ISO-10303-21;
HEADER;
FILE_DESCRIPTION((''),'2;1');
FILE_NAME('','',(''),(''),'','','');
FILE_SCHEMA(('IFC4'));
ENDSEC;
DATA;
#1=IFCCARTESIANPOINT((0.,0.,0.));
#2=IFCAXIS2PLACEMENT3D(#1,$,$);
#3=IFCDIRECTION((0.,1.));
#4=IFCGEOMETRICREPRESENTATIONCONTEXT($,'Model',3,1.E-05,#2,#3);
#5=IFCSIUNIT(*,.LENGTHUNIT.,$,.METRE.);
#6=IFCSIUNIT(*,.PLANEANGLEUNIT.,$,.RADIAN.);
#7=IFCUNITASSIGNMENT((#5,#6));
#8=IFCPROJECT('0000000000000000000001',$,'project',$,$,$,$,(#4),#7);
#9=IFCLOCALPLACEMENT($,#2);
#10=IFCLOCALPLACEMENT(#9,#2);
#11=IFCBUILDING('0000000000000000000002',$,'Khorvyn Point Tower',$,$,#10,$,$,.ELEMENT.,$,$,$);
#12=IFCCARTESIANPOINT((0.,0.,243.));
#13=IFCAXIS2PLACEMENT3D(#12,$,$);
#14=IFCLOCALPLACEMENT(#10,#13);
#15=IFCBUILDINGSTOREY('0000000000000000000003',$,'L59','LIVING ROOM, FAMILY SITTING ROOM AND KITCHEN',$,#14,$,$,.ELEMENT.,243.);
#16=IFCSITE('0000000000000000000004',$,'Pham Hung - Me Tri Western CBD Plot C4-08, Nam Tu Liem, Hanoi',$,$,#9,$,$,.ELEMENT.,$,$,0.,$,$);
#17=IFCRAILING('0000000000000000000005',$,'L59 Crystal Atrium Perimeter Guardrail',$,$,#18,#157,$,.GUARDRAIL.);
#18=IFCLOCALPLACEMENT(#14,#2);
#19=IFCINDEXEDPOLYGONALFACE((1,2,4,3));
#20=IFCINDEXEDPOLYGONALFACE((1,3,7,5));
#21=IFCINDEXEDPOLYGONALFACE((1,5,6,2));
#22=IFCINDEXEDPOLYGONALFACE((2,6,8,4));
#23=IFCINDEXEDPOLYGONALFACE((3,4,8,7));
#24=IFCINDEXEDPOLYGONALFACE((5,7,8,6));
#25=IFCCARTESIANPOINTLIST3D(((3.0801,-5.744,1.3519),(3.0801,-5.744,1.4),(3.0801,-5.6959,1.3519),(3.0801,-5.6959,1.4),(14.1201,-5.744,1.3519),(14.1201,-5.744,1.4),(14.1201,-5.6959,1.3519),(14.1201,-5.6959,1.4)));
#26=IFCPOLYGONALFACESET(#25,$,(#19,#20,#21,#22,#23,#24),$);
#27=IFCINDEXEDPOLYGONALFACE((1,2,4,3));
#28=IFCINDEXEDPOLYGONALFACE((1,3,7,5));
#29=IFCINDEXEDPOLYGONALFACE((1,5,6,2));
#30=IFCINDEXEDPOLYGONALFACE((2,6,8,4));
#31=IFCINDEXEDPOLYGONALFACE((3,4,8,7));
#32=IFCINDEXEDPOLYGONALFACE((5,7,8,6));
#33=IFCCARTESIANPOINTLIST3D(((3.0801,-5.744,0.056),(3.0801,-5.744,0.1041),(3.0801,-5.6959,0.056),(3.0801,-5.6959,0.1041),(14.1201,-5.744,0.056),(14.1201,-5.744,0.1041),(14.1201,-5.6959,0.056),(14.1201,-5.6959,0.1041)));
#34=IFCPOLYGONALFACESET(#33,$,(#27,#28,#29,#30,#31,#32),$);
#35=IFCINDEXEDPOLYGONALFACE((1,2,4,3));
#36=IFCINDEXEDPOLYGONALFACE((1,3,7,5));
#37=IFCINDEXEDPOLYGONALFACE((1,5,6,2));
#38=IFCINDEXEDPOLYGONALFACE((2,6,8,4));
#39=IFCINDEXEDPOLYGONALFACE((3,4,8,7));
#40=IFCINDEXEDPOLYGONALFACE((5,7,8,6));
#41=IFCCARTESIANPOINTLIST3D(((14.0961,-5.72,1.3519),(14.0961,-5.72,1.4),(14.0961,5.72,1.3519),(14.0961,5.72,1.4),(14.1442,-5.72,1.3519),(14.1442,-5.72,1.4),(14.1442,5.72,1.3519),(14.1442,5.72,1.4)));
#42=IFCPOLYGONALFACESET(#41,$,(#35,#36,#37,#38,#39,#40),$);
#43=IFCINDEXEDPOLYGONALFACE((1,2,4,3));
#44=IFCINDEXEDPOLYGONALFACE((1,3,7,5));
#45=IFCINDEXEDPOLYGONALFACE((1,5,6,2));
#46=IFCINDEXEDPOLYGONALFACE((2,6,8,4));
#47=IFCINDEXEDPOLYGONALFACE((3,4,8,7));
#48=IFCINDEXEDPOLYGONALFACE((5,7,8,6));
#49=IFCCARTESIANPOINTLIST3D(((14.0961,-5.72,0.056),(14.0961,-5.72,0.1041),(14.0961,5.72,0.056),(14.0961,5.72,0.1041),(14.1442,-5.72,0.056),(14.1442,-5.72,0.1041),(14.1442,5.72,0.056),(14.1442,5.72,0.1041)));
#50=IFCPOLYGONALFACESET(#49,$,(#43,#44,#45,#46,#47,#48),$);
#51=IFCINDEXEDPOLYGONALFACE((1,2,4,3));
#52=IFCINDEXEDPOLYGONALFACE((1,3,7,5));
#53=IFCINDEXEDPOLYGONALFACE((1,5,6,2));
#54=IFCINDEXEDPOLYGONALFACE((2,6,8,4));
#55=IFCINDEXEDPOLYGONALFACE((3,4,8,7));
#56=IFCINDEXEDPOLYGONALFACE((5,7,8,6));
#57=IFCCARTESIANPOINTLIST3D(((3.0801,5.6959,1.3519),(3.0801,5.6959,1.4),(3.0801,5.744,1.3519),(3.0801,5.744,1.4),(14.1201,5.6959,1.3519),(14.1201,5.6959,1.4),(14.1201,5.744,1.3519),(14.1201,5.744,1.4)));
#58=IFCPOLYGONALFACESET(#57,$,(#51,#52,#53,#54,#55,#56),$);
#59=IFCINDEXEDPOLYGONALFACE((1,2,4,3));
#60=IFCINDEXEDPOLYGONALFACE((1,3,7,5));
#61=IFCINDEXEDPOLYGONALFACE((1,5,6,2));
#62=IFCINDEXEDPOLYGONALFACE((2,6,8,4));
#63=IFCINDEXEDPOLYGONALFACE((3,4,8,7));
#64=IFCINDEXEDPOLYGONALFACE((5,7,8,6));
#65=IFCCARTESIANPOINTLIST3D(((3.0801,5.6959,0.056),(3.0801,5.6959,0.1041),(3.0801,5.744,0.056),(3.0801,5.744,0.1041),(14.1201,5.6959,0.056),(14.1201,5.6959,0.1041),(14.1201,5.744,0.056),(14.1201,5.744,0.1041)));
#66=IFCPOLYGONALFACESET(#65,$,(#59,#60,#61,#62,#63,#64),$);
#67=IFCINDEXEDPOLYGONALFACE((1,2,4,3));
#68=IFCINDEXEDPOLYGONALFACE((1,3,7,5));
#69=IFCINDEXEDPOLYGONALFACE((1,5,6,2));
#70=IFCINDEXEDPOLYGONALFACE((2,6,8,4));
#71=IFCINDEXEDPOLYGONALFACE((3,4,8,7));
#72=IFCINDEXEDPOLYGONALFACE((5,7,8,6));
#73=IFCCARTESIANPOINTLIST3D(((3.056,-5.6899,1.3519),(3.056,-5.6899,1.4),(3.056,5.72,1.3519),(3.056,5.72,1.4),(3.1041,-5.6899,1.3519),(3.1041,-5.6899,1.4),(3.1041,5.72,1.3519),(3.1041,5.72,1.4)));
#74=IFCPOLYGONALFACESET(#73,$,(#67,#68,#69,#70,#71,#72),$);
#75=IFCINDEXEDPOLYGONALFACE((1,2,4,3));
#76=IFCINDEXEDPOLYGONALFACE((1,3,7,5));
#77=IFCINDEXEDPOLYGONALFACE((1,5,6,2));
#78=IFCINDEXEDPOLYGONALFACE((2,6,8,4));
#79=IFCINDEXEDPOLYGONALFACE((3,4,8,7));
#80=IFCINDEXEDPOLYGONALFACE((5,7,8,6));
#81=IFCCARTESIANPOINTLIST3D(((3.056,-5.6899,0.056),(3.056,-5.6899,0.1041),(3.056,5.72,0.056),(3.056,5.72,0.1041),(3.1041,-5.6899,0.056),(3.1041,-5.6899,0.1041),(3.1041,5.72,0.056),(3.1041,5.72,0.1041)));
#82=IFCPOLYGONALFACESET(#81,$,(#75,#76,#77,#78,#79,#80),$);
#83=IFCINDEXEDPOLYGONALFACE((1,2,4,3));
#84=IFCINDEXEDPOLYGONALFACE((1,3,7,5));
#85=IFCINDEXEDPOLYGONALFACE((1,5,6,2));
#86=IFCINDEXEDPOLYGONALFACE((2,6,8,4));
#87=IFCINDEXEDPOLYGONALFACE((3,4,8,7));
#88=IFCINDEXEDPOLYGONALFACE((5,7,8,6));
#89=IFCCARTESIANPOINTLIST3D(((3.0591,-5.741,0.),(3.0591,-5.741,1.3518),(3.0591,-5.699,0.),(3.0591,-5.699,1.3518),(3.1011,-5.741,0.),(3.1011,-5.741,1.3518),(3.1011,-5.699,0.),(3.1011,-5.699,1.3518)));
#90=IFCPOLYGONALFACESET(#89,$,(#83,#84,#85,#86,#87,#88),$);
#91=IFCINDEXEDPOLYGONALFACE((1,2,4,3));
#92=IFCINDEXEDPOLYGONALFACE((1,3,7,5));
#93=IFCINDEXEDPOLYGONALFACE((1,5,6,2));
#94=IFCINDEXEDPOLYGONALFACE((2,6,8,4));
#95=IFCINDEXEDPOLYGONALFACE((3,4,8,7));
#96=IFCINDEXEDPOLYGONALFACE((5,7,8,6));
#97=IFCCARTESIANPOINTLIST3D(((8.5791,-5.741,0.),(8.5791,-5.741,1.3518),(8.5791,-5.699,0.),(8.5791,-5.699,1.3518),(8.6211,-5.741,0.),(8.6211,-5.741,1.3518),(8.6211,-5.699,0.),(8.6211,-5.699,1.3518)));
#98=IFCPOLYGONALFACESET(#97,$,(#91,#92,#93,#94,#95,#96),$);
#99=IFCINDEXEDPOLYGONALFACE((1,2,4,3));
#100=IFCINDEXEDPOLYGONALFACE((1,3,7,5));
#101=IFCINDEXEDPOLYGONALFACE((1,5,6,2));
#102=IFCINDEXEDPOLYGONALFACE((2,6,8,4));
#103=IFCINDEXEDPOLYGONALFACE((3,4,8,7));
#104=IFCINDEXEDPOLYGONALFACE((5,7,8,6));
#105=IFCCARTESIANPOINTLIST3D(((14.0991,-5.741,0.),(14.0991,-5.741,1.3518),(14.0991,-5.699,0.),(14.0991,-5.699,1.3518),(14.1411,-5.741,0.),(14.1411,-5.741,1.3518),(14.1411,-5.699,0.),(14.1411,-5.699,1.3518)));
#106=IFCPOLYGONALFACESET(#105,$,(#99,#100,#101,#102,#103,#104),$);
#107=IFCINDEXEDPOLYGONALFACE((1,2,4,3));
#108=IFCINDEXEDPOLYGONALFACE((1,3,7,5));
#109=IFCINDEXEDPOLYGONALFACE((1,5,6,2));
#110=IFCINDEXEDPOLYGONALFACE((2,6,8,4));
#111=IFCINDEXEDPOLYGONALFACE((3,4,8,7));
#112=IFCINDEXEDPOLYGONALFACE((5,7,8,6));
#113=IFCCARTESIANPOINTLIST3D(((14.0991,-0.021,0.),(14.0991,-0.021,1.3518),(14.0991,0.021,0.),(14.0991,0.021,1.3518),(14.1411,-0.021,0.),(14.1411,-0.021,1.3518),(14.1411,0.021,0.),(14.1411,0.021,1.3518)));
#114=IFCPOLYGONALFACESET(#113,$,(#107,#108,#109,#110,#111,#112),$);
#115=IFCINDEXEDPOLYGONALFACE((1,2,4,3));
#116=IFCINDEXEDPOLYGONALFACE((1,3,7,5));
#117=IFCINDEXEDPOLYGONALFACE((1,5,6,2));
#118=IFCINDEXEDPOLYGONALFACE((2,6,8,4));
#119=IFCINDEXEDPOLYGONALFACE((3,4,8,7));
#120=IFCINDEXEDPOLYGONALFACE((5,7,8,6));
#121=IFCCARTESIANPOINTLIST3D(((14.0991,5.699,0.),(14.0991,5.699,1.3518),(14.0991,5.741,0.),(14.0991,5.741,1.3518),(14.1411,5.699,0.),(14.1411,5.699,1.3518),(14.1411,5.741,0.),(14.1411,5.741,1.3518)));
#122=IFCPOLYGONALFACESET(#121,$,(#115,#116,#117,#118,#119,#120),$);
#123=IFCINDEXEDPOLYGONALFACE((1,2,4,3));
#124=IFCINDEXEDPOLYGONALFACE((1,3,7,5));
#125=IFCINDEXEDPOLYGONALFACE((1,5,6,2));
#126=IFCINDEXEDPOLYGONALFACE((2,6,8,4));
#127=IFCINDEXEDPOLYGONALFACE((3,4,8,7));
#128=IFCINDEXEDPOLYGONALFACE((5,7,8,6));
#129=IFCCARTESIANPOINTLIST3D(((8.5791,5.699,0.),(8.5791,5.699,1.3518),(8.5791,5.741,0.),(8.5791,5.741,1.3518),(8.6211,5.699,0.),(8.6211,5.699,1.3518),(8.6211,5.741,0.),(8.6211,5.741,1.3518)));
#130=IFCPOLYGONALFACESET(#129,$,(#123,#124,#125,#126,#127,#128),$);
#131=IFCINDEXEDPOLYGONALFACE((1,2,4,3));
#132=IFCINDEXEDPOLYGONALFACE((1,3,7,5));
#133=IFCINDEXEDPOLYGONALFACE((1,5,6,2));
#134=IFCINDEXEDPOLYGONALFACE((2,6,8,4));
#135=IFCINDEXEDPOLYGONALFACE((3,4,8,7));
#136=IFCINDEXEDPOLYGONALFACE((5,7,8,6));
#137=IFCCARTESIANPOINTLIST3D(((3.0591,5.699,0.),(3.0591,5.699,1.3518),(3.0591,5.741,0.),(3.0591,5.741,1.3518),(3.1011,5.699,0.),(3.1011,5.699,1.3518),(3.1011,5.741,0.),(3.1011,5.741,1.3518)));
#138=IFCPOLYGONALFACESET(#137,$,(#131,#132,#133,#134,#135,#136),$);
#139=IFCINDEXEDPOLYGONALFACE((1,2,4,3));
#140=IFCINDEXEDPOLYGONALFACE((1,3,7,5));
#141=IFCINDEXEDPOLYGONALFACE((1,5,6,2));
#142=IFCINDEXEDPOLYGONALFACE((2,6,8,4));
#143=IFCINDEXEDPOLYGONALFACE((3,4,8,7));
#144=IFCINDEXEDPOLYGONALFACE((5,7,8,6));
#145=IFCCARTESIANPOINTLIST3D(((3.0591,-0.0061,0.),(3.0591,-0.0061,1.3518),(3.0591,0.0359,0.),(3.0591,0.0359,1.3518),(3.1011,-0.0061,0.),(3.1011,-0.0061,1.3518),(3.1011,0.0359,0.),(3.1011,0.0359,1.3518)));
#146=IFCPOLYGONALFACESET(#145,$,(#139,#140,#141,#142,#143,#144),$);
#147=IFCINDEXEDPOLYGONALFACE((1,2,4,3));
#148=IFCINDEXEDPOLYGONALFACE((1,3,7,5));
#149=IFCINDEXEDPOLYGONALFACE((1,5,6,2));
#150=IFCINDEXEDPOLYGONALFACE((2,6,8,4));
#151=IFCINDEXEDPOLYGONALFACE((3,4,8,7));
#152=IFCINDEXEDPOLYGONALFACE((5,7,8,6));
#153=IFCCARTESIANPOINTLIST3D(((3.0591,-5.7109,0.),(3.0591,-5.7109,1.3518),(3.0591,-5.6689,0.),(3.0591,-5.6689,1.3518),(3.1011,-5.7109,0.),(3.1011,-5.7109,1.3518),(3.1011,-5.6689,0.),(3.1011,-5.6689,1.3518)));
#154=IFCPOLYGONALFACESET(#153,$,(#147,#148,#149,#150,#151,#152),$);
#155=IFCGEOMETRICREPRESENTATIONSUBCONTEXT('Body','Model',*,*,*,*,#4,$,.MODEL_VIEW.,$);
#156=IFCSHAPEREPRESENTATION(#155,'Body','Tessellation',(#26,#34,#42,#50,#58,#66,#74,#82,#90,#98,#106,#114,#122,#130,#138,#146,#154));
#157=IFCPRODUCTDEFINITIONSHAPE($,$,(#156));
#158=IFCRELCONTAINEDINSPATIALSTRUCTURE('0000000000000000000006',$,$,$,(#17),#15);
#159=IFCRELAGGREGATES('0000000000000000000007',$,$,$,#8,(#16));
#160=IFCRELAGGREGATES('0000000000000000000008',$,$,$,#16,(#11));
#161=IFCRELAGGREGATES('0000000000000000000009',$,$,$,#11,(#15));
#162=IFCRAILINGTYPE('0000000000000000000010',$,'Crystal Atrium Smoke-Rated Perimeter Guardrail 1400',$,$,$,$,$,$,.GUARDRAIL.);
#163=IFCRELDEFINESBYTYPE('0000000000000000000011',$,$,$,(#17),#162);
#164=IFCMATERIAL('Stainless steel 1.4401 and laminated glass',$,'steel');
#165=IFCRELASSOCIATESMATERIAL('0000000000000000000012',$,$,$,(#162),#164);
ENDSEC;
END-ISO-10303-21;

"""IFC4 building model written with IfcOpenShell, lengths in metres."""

from ifc_helpers import new_model, si_unit, direction, frame, origin, origin_2d, place, context, subcontext, project, spatial, rectangle, extrude, material, type_object, element, save


model = new_model("IFC4")

# Units and contexts
model_context = context("Model", 3, precision=1e-05, world=origin(), true_north=direction((0.0, 1.0)))
body_context = subcontext(model_context, "Body", "Model", "MODEL_VIEW")
ifc_project = project(units=[si_unit("LENGTHUNIT", "METRE"), si_unit("PLANEANGLEUNIT", "RADIAN")], contexts=[model_context])

# Site, building, storey
site_placement = place(None, origin())
site = spatial("IfcSite", under=ifc_project, at=site_placement, Name="Pham Hung - Me Tri Western CBD Plot C4-08, Nam Tu Liem, Hanoi", CompositionType="ELEMENT", RefElevation=0.0)
building_placement = place(site_placement, origin())
building = spatial("IfcBuilding", under=site, at=building_placement, Name="Khorvyn Point Tower", CompositionType="ELEMENT")
storey_placement = place(building_placement, frame((0.0, 0.0, 243.0)))
storey = spatial("IfcBuildingStorey", under=building, at=storey_placement, Name="L59", Description="LIVING ROOM, FAMILY SITTING ROOM AND KITCHEN", CompositionType="ELEMENT", Elevation=243.0)

# Railing
ifc_material_1 = material(Name="Stainless steel 1.4401 and laminated glass", Category="steel")
railing_type = type_object("IfcRailingType", Name="Crystal Atrium Smoke-Rated Perimeter Guardrail 1400", PredefinedType="GUARDRAIL", material=ifc_material_1)
railing_placement = place(storey_placement, frame((3.0801, -5.72, 0.0)))
element("IfcRailing", 1, at=railing_placement, inside=storey, type_object=railing_type, Name="L59 Crystal Atrium Perimeter Guardrail", PredefinedType="GUARDRAIL", context=body_context, shape_type="SweptSolid", body=[
    extrude(rectangle(XDim=0.0481, YDim=0.0481, at=origin_2d()), frame((0.0, 0.0, 1.376), z_axis=(1.0, 0.0, 0.0), x_axis=(0.0, 1.0, 0.0)), (0.0, 0.0, 1.0), 11.04),
    extrude(rectangle(XDim=0.0481, YDim=0.0481, at=origin_2d()), frame((0.0, 0.0, 0.0801), z_axis=(1.0, 0.0, 0.0), x_axis=(0.0, 1.0, 0.0)), (0.0, 0.0, 1.0), 11.04),
    extrude(rectangle(XDim=0.0481, YDim=0.0481, at=origin_2d()), frame((11.04, 0.0, 1.376), z_axis=(0.0, 1.0, 0.0), x_axis=(-1.0, 0.0, 0.0)), (0.0, 0.0, 1.0), 11.4399),
    extrude(rectangle(XDim=0.0481, YDim=0.0481, at=origin_2d()), frame((11.04, 0.0, 0.0801), z_axis=(0.0, 1.0, 0.0), x_axis=(-1.0, 0.0, 0.0)), (0.0, 0.0, 1.0), 11.4399),
    extrude(rectangle(XDim=0.0481, YDim=0.0481, at=origin_2d()), frame((11.04, 11.4399, 1.376), z_axis=(-1.0, 0.0, 0.0), x_axis=(0.0, -1.0, 0.0)), (0.0, 0.0, 1.0), 11.04),
    extrude(rectangle(XDim=0.0481, YDim=0.0481, at=origin_2d()), frame((11.04, 11.4399, 0.0801), z_axis=(-1.0, 0.0, 0.0), x_axis=(0.0, -1.0, 0.0)), (0.0, 0.0, 1.0), 11.04),
    extrude(rectangle(XDim=0.0481, YDim=0.0481, at=origin_2d()), frame((0.0, 11.4399, 1.376), z_axis=(0.0, -1.0, 0.0), x_axis=(1.0, 0.0, 0.0)), (0.0, 0.0, 1.0), 11.4099),
    extrude(rectangle(XDim=0.0481, YDim=0.0481, at=origin_2d()), frame((0.0, 11.4399, 0.0801), z_axis=(0.0, -1.0, 0.0), x_axis=(1.0, 0.0, 0.0)), (0.0, 0.0, 1.0), 11.4099),
    extrude(rectangle(XDim=0.042, YDim=0.042, at=origin_2d()), origin(), (0.0, 0.0, 1.0), 1.3518),
    extrude(rectangle(XDim=0.042, YDim=0.042, at=origin_2d()), frame((5.52, 0.0, 0.0)), (0.0, 0.0, 1.0), 1.3518),
    extrude(rectangle(XDim=0.042, YDim=0.042, at=origin_2d()), frame((11.04, 0.0, 0.0)), (0.0, 0.0, 1.0), 1.3518),
    extrude(rectangle(XDim=0.042, YDim=0.042, at=origin_2d()), frame((11.04, 5.72, 0.0)), (0.0, 0.0, 1.0), 1.3518),
    extrude(rectangle(XDim=0.042, YDim=0.042, at=origin_2d()), frame((11.04, 11.4399, 0.0)), (0.0, 0.0, 1.0), 1.3518),
    extrude(rectangle(XDim=0.042, YDim=0.042, at=origin_2d()), frame((5.52, 11.4399, 0.0)), (0.0, 0.0, 1.0), 1.3518),
    extrude(rectangle(XDim=0.042, YDim=0.042, at=origin_2d()), frame((0.0, 11.4399, 0.0)), (0.0, 0.0, 1.0), 1.3518),
    extrude(rectangle(XDim=0.042, YDim=0.042, at=origin_2d()), frame((0.0, 5.7349, 0.0)), (0.0, 0.0, 1.0), 1.3518),
    extrude(rectangle(XDim=0.042, YDim=0.042, at=origin_2d()), frame((0.0, 0.03, 0.0)), (0.0, 0.0, 1.0), 1.3518),
])

save(model, "model.ifc")
